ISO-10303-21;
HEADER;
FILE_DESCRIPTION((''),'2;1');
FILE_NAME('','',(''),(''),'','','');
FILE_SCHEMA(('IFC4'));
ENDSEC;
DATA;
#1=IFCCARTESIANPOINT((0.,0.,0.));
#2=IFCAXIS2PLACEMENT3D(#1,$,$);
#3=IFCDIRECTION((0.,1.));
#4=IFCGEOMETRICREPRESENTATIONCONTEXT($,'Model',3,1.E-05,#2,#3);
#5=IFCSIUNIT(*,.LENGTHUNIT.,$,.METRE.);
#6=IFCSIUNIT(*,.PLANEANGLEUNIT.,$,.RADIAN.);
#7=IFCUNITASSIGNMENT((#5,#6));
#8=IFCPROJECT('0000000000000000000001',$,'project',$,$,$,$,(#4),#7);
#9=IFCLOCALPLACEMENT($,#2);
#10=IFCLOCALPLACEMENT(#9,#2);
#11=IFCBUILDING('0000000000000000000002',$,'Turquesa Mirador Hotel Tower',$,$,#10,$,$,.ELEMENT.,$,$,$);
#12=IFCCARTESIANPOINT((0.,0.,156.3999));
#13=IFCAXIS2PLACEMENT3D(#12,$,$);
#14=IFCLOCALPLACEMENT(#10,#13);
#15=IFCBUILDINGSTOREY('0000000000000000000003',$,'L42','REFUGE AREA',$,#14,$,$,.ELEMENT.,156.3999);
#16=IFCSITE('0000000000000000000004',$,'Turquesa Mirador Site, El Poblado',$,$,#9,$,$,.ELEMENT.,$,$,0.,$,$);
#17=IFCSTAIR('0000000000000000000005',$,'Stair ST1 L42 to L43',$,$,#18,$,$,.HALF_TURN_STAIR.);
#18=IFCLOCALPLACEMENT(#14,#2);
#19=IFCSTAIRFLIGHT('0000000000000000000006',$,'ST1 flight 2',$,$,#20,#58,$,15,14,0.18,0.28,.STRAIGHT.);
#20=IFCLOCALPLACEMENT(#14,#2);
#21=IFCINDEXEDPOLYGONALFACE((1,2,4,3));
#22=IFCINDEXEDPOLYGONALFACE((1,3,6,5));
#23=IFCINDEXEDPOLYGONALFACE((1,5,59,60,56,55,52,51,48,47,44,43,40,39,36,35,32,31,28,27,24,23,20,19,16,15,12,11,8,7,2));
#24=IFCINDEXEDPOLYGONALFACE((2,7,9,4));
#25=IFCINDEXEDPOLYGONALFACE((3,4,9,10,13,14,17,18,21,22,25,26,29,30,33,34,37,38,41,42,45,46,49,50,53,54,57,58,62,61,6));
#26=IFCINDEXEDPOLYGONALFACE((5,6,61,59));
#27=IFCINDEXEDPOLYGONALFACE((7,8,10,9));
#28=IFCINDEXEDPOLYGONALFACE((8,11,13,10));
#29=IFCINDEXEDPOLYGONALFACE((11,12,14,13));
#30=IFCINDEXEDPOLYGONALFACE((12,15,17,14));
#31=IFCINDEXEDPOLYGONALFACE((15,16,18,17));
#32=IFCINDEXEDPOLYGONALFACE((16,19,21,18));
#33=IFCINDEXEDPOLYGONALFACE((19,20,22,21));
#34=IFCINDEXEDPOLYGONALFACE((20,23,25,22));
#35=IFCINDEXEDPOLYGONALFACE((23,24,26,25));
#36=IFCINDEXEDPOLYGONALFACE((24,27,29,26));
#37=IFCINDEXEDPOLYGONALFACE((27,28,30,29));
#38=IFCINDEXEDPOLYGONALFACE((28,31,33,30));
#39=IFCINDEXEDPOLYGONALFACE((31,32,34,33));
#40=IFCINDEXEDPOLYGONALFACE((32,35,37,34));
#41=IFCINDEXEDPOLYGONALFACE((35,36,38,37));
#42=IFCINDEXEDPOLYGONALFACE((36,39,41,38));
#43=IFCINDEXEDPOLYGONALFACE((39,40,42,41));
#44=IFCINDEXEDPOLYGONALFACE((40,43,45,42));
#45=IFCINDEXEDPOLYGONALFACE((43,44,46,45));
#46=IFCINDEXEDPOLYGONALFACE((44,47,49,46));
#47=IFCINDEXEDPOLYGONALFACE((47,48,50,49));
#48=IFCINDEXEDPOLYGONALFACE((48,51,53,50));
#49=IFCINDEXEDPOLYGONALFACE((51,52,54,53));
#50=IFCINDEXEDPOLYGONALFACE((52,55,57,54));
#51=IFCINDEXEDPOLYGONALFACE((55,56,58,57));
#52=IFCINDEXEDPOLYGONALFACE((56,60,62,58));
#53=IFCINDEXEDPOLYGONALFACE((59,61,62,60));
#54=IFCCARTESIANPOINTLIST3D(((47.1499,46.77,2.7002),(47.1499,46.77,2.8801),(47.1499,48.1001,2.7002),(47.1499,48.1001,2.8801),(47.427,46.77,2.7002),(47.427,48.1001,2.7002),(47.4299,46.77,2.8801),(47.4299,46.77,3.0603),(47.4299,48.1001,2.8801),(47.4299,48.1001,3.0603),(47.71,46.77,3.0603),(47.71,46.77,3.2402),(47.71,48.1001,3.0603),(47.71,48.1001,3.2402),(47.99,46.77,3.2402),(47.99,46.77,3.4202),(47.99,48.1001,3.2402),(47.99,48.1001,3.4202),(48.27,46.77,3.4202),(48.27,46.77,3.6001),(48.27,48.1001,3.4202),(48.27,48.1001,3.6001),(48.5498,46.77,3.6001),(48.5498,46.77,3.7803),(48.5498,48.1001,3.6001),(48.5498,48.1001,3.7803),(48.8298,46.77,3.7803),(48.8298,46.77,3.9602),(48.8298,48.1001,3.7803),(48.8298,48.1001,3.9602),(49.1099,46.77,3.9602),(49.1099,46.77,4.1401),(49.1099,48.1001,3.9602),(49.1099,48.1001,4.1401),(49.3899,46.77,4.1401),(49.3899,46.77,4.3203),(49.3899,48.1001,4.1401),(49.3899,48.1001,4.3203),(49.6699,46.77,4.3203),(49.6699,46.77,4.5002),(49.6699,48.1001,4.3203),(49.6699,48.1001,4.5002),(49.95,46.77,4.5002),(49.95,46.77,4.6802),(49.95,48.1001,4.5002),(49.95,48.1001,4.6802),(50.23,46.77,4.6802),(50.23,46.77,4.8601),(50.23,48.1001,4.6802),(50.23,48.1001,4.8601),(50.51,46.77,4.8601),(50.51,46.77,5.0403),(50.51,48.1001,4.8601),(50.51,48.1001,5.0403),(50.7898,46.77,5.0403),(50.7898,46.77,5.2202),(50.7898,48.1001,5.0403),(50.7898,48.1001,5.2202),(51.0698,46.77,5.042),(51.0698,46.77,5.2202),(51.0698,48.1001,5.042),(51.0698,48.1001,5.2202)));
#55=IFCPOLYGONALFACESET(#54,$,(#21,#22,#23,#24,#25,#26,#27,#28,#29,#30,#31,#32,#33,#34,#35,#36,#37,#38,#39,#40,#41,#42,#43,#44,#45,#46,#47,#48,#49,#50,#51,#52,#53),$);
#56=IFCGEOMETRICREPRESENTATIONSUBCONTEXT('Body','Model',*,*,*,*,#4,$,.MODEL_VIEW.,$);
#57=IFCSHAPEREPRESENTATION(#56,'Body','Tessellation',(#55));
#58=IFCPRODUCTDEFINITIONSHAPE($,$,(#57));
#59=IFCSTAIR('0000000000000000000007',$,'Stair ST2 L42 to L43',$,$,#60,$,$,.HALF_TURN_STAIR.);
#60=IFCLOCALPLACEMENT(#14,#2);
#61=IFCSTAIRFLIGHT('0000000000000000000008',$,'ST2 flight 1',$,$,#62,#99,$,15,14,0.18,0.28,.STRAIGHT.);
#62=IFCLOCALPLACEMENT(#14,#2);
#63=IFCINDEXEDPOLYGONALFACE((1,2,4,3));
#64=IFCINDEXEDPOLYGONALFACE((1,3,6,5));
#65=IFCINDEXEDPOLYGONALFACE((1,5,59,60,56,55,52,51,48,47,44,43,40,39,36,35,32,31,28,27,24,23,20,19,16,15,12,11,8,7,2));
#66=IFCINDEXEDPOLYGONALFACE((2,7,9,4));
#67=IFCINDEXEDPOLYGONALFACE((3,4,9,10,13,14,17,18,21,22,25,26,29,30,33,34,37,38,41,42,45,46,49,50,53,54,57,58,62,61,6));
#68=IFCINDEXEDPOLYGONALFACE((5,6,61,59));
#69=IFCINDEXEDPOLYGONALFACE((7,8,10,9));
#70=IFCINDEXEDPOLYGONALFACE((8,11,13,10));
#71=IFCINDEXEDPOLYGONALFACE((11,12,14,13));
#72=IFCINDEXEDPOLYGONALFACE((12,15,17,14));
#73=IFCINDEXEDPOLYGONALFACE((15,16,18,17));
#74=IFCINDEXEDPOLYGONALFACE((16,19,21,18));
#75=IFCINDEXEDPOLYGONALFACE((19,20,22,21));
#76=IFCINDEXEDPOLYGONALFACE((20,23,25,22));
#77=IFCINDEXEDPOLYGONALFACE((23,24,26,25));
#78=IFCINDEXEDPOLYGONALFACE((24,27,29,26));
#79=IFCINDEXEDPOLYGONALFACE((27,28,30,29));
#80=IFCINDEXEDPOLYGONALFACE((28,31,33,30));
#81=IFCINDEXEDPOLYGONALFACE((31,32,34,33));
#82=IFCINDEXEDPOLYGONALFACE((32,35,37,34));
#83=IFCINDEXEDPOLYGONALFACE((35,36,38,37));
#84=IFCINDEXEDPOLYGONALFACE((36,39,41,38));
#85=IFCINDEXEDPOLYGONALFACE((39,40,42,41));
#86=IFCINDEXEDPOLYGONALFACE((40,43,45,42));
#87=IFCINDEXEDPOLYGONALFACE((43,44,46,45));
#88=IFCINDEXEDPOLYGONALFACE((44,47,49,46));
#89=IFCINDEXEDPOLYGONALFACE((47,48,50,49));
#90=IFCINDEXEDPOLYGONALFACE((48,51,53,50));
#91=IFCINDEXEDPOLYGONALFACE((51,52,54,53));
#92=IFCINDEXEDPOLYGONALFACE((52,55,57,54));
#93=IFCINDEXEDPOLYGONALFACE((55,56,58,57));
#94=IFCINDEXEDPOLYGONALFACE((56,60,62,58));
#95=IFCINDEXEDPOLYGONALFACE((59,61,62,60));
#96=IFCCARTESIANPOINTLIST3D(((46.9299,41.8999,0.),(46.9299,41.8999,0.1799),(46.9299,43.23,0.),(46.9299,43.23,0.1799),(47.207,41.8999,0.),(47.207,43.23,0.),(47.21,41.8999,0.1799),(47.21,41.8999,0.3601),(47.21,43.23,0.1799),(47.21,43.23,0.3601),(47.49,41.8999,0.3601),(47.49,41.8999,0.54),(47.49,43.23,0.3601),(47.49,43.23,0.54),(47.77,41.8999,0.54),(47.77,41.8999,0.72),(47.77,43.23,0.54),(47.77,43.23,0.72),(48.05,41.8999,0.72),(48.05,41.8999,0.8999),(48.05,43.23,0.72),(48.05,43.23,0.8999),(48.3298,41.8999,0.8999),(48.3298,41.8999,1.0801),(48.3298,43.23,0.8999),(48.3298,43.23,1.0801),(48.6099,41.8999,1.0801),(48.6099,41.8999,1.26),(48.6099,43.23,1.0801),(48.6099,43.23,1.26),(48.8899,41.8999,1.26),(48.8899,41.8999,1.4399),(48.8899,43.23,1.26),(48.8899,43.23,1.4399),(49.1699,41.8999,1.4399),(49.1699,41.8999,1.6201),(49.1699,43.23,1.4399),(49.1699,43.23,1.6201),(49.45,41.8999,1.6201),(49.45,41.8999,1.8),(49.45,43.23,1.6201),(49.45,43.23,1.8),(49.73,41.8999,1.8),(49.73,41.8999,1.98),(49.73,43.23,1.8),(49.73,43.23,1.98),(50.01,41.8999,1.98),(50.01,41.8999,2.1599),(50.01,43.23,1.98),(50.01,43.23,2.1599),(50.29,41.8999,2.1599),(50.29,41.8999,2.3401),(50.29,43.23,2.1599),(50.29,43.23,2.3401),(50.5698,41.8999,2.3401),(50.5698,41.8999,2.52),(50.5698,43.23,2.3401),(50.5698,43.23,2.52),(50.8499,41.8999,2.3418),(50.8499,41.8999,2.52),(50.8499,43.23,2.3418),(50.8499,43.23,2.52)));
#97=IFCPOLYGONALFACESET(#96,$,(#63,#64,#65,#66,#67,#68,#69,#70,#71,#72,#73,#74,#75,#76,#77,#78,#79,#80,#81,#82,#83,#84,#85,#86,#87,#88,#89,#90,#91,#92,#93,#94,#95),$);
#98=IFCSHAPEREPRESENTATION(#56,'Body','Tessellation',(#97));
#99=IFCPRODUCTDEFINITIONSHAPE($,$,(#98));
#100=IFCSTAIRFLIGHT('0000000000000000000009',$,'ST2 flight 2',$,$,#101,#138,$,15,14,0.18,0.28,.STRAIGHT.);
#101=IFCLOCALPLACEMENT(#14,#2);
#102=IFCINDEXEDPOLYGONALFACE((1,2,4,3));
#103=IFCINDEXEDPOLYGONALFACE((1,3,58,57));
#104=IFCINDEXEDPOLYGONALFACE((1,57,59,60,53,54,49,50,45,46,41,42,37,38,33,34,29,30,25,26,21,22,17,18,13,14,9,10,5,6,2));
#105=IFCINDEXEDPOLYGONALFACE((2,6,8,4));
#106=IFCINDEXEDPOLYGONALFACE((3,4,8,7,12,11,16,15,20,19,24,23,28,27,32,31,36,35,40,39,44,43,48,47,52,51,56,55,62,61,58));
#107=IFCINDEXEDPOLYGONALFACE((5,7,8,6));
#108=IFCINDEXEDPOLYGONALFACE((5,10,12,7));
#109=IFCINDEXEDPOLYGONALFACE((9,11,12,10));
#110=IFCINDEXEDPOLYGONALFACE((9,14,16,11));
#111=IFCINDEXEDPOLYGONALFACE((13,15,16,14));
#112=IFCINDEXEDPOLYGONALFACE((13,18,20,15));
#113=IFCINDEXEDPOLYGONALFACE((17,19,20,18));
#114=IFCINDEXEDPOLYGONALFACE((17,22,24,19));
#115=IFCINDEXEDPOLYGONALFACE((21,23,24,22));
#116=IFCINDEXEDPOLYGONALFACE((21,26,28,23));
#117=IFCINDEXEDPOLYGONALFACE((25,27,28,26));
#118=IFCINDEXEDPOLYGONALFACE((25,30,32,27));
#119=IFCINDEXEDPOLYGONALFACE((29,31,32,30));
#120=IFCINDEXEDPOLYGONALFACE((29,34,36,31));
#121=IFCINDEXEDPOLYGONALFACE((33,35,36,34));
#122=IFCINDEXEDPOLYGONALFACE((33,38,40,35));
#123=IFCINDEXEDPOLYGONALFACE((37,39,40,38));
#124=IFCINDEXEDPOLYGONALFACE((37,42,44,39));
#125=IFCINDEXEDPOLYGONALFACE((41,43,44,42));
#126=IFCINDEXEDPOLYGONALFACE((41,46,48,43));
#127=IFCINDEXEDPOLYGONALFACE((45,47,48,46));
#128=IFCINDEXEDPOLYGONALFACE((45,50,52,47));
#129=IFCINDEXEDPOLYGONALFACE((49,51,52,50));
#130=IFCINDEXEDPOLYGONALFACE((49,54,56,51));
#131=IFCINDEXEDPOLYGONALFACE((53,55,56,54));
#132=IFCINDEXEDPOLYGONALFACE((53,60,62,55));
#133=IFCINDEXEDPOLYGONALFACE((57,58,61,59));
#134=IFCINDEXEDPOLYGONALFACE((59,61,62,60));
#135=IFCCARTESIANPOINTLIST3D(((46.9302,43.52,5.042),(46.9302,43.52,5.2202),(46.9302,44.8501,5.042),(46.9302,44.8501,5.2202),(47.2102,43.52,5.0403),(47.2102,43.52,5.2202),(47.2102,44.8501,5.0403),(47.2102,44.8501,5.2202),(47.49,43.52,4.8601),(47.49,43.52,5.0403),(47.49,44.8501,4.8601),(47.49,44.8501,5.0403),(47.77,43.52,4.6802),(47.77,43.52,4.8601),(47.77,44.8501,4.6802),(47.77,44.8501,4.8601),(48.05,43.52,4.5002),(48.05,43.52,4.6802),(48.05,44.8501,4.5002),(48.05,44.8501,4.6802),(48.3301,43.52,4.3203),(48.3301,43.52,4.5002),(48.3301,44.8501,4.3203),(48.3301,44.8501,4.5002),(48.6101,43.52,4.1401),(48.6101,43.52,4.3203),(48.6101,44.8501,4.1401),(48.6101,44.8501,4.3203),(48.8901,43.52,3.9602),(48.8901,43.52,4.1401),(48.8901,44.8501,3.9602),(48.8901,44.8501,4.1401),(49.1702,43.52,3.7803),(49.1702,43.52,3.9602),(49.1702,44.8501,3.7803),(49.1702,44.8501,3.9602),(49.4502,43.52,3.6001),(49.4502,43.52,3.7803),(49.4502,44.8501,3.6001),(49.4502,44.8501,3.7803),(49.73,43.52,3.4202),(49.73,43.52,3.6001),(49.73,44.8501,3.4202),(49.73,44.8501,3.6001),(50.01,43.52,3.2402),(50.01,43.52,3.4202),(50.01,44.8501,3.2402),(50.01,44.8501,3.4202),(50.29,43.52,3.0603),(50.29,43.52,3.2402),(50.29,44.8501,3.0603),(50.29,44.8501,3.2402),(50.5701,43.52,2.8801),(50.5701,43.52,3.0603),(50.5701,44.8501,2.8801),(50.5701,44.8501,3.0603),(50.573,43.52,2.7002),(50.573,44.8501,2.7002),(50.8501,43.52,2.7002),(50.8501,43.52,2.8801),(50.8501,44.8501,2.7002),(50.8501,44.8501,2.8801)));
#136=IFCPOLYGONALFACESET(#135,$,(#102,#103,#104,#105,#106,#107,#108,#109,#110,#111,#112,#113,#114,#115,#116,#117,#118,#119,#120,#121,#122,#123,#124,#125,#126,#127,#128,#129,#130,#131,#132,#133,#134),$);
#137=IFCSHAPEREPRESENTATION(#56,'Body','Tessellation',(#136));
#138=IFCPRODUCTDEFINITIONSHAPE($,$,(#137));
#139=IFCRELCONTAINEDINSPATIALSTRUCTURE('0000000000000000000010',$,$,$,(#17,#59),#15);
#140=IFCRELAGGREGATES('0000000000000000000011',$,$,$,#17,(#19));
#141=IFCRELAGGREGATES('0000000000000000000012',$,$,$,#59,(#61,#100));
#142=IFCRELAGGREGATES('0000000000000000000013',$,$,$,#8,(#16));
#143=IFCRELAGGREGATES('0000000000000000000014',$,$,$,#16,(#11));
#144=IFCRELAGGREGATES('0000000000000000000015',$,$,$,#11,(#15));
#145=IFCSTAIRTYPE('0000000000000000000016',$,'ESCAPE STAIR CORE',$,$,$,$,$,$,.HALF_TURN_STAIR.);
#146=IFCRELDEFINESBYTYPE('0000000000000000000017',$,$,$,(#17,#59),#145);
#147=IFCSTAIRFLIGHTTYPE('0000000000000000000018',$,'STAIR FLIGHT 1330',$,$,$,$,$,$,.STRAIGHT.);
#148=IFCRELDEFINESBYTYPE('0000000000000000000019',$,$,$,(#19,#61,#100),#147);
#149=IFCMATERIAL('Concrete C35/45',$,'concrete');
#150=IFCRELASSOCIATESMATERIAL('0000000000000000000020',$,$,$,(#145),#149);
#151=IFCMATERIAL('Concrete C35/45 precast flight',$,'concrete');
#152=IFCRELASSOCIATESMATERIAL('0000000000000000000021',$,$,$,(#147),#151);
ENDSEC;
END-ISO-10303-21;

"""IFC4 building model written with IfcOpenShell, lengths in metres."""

from ifc_helpers import new_model, si_unit, direction, frame, origin, place, context, subcontext, project, spatial, polyline, outline, extrude, material, type_object, element, aggregate, save


model = new_model("IFC4")

# Units and contexts
model_context = context("Model", 3, precision=1e-05, world=origin(), true_north=direction((0.0, 1.0)))
body_context = subcontext(model_context, "Body", "Model", "MODEL_VIEW")
ifc_project = project(units=[si_unit("LENGTHUNIT", "METRE"), si_unit("PLANEANGLEUNIT", "RADIAN")], contexts=[model_context])

# Site, building, storey
site_placement = place(None, origin())
site = spatial("IfcSite", under=ifc_project, at=site_placement, Name="Turquesa Mirador Site, El Poblado", CompositionType="ELEMENT", RefElevation=0.0)
building_placement = place(site_placement, origin())
building = spatial("IfcBuilding", under=site, at=building_placement, Name="Turquesa Mirador Hotel Tower", CompositionType="ELEMENT")
storey_placement = place(building_placement, frame((0.0, 0.0, 156.3999)))
storey = spatial("IfcBuildingStorey", under=building, at=storey_placement, Name="L42", Description="REFUGE AREA", CompositionType="ELEMENT", Elevation=156.3999)

# Stair, stair flight
ifc_material_1 = material(Name="Concrete C35/45", Category="concrete")
stair_type = type_object("IfcStairType", Name="ESCAPE STAIR CORE", PredefinedType="HALF_TURN_STAIR", material=ifc_material_1)
stair_1_placement = place(storey_placement, origin())
stair_1 = element("IfcStair", 1, at=stair_1_placement, inside=storey, type_object=stair_type, Name="Stair ST1 L42 to L43", PredefinedType="HALF_TURN_STAIR")
ifc_material_2 = material(Name="Concrete C35/45 precast flight", Category="concrete")
stair_flight_type = type_object("IfcStairFlightType", Name="STAIR FLIGHT 1330", PredefinedType="STRAIGHT", material=ifc_material_2)
stair_flight_1_placement = place(storey_placement, frame((47.1499, 47.4351, 2.7002), z_axis=(0.0, 0.0, 1.0), x_axis=(1.0, 0.0, 0.0)))
stair_flight_1 = element("IfcStairFlight", 2, at=stair_flight_1_placement, type_object=stair_flight_type, Name="ST1 flight 2", NumberOfRisers=15, NumberOfTreads=14, PredefinedType="STRAIGHT", RiserHeight=0.18, TreadLength=0.28, context=body_context, shape_type="SweptSolid", body=[
    extrude(outline(polyline([(0.0, 0.0), (0.0, 0.1799), (0.28, 0.1799), (0.28, 0.3601), (0.5601, 0.3601), (0.5601, 0.54), (0.8401, 0.54), (0.8401, 0.72), (1.1201, 0.72), (1.1201, 0.8999), (1.3999, 0.8999), (1.3999, 1.0801), (1.6799, 1.0801), (1.6799, 1.26), (1.96, 1.26), (1.96, 1.4399), (2.24, 1.4399), (2.24, 1.6201), (2.52, 1.6201), (2.52, 1.8), (2.8, 1.8), (2.8, 1.98), (3.0801, 1.98), (3.0801, 2.1599), (3.3601, 2.1599), (3.3601, 2.3401), (3.6399, 2.3401), (3.6399, 2.52), (3.9199, 2.52), (3.9199, 2.7), (3.9199, 2.3418), (0.2771, 0.0), (0.0, 0.0)])), frame((0.0, 0.665, 0.0), z_axis=(0.0, -1.0, 0.0), x_axis=(1.0, 0.0, 0.0)), (0.0, 0.0, 1.0), 1.3301),
])
aggregate(stair_1, [stair_flight_1])

# Stair, stair flights
stair_2_placement = place(storey_placement, origin())
stair_2 = element("IfcStair", 3, at=stair_2_placement, inside=storey, type_object=stair_type, Name="Stair ST2 L42 to L43", PredefinedType="HALF_TURN_STAIR")
stair_flight_2_placement = place(storey_placement, frame((46.9299, 42.5649, 0.0), z_axis=(0.0, 0.0, 1.0), x_axis=(1.0, 0.0, 0.0)))
stair_flight_2 = element("IfcStairFlight", 4, at=stair_flight_2_placement, type_object=stair_flight_type, Name="ST2 flight 1", NumberOfRisers=15, NumberOfTreads=14, PredefinedType="STRAIGHT", RiserHeight=0.18, TreadLength=0.28, context=body_context, shape_type="SweptSolid", body=[
    extrude(outline(polyline([(0.0, 0.0), (0.0, 0.1799), (0.28, 0.1799), (0.28, 0.3601), (0.5601, 0.3601), (0.5601, 0.54), (0.8401, 0.54), (0.8401, 0.72), (1.1201, 0.72), (1.1201, 0.8999), (1.3999, 0.8999), (1.3999, 1.0801), (1.6799, 1.0801), (1.6799, 1.26), (1.96, 1.26), (1.96, 1.4399), (2.24, 1.4399), (2.24, 1.6201), (2.52, 1.6201), (2.52, 1.8), (2.8, 1.8), (2.8, 1.98), (3.0801, 1.98), (3.0801, 2.1599), (3.3601, 2.1599), (3.3601, 2.3401), (3.6399, 2.3401), (3.6399, 2.52), (3.9199, 2.52), (3.9199, 2.7), (3.9199, 2.3418), (0.2771, 0.0), (0.0, 0.0)])), frame((0.0, 0.665, 0.0), z_axis=(0.0, -1.0, 0.0), x_axis=(1.0, 0.0, 0.0)), (0.0, 0.0, 1.0), 1.3301),
])
stair_flight_3_placement = place(storey_placement, frame((50.8501, 44.1851, 2.7002), z_axis=(0.0, 0.0, 1.0), x_axis=(-1.0, 0.0, 0.0)))
stair_flight_3 = element("IfcStairFlight", 5, at=stair_flight_3_placement, type_object=stair_flight_type, Name="ST2 flight 2", NumberOfRisers=15, NumberOfTreads=14, PredefinedType="STRAIGHT", RiserHeight=0.18, TreadLength=0.28, context=body_context, shape_type="SweptSolid", body=[
    extrude(outline(polyline([(0.0, 0.0), (0.0, 0.1799), (0.28, 0.1799), (0.28, 0.3601), (0.5601, 0.3601), (0.5601, 0.54), (0.8401, 0.54), (0.8401, 0.72), (1.1201, 0.72), (1.1201, 0.8999), (1.3999, 0.8999), (1.3999, 1.0801), (1.6799, 1.0801), (1.6799, 1.26), (1.96, 1.26), (1.96, 1.4399), (2.24, 1.4399), (2.24, 1.6201), (2.52, 1.6201), (2.52, 1.8), (2.8, 1.8), (2.8, 1.98), (3.0801, 1.98), (3.0801, 2.1599), (3.3601, 2.1599), (3.3601, 2.3401), (3.6399, 2.3401), (3.6399, 2.52), (3.9199, 2.52), (3.9199, 2.7), (3.9199, 2.3418), (0.2771, 0.0), (0.0, 0.0)])), frame((0.0, 0.665, 0.0), z_axis=(0.0, -1.0, 0.0), x_axis=(1.0, 0.0, 0.0)), (0.0, 0.0, 1.0), 1.3301),
])
aggregate(stair_2, [stair_flight_2, stair_flight_3])

save(model, "model.ifc")
